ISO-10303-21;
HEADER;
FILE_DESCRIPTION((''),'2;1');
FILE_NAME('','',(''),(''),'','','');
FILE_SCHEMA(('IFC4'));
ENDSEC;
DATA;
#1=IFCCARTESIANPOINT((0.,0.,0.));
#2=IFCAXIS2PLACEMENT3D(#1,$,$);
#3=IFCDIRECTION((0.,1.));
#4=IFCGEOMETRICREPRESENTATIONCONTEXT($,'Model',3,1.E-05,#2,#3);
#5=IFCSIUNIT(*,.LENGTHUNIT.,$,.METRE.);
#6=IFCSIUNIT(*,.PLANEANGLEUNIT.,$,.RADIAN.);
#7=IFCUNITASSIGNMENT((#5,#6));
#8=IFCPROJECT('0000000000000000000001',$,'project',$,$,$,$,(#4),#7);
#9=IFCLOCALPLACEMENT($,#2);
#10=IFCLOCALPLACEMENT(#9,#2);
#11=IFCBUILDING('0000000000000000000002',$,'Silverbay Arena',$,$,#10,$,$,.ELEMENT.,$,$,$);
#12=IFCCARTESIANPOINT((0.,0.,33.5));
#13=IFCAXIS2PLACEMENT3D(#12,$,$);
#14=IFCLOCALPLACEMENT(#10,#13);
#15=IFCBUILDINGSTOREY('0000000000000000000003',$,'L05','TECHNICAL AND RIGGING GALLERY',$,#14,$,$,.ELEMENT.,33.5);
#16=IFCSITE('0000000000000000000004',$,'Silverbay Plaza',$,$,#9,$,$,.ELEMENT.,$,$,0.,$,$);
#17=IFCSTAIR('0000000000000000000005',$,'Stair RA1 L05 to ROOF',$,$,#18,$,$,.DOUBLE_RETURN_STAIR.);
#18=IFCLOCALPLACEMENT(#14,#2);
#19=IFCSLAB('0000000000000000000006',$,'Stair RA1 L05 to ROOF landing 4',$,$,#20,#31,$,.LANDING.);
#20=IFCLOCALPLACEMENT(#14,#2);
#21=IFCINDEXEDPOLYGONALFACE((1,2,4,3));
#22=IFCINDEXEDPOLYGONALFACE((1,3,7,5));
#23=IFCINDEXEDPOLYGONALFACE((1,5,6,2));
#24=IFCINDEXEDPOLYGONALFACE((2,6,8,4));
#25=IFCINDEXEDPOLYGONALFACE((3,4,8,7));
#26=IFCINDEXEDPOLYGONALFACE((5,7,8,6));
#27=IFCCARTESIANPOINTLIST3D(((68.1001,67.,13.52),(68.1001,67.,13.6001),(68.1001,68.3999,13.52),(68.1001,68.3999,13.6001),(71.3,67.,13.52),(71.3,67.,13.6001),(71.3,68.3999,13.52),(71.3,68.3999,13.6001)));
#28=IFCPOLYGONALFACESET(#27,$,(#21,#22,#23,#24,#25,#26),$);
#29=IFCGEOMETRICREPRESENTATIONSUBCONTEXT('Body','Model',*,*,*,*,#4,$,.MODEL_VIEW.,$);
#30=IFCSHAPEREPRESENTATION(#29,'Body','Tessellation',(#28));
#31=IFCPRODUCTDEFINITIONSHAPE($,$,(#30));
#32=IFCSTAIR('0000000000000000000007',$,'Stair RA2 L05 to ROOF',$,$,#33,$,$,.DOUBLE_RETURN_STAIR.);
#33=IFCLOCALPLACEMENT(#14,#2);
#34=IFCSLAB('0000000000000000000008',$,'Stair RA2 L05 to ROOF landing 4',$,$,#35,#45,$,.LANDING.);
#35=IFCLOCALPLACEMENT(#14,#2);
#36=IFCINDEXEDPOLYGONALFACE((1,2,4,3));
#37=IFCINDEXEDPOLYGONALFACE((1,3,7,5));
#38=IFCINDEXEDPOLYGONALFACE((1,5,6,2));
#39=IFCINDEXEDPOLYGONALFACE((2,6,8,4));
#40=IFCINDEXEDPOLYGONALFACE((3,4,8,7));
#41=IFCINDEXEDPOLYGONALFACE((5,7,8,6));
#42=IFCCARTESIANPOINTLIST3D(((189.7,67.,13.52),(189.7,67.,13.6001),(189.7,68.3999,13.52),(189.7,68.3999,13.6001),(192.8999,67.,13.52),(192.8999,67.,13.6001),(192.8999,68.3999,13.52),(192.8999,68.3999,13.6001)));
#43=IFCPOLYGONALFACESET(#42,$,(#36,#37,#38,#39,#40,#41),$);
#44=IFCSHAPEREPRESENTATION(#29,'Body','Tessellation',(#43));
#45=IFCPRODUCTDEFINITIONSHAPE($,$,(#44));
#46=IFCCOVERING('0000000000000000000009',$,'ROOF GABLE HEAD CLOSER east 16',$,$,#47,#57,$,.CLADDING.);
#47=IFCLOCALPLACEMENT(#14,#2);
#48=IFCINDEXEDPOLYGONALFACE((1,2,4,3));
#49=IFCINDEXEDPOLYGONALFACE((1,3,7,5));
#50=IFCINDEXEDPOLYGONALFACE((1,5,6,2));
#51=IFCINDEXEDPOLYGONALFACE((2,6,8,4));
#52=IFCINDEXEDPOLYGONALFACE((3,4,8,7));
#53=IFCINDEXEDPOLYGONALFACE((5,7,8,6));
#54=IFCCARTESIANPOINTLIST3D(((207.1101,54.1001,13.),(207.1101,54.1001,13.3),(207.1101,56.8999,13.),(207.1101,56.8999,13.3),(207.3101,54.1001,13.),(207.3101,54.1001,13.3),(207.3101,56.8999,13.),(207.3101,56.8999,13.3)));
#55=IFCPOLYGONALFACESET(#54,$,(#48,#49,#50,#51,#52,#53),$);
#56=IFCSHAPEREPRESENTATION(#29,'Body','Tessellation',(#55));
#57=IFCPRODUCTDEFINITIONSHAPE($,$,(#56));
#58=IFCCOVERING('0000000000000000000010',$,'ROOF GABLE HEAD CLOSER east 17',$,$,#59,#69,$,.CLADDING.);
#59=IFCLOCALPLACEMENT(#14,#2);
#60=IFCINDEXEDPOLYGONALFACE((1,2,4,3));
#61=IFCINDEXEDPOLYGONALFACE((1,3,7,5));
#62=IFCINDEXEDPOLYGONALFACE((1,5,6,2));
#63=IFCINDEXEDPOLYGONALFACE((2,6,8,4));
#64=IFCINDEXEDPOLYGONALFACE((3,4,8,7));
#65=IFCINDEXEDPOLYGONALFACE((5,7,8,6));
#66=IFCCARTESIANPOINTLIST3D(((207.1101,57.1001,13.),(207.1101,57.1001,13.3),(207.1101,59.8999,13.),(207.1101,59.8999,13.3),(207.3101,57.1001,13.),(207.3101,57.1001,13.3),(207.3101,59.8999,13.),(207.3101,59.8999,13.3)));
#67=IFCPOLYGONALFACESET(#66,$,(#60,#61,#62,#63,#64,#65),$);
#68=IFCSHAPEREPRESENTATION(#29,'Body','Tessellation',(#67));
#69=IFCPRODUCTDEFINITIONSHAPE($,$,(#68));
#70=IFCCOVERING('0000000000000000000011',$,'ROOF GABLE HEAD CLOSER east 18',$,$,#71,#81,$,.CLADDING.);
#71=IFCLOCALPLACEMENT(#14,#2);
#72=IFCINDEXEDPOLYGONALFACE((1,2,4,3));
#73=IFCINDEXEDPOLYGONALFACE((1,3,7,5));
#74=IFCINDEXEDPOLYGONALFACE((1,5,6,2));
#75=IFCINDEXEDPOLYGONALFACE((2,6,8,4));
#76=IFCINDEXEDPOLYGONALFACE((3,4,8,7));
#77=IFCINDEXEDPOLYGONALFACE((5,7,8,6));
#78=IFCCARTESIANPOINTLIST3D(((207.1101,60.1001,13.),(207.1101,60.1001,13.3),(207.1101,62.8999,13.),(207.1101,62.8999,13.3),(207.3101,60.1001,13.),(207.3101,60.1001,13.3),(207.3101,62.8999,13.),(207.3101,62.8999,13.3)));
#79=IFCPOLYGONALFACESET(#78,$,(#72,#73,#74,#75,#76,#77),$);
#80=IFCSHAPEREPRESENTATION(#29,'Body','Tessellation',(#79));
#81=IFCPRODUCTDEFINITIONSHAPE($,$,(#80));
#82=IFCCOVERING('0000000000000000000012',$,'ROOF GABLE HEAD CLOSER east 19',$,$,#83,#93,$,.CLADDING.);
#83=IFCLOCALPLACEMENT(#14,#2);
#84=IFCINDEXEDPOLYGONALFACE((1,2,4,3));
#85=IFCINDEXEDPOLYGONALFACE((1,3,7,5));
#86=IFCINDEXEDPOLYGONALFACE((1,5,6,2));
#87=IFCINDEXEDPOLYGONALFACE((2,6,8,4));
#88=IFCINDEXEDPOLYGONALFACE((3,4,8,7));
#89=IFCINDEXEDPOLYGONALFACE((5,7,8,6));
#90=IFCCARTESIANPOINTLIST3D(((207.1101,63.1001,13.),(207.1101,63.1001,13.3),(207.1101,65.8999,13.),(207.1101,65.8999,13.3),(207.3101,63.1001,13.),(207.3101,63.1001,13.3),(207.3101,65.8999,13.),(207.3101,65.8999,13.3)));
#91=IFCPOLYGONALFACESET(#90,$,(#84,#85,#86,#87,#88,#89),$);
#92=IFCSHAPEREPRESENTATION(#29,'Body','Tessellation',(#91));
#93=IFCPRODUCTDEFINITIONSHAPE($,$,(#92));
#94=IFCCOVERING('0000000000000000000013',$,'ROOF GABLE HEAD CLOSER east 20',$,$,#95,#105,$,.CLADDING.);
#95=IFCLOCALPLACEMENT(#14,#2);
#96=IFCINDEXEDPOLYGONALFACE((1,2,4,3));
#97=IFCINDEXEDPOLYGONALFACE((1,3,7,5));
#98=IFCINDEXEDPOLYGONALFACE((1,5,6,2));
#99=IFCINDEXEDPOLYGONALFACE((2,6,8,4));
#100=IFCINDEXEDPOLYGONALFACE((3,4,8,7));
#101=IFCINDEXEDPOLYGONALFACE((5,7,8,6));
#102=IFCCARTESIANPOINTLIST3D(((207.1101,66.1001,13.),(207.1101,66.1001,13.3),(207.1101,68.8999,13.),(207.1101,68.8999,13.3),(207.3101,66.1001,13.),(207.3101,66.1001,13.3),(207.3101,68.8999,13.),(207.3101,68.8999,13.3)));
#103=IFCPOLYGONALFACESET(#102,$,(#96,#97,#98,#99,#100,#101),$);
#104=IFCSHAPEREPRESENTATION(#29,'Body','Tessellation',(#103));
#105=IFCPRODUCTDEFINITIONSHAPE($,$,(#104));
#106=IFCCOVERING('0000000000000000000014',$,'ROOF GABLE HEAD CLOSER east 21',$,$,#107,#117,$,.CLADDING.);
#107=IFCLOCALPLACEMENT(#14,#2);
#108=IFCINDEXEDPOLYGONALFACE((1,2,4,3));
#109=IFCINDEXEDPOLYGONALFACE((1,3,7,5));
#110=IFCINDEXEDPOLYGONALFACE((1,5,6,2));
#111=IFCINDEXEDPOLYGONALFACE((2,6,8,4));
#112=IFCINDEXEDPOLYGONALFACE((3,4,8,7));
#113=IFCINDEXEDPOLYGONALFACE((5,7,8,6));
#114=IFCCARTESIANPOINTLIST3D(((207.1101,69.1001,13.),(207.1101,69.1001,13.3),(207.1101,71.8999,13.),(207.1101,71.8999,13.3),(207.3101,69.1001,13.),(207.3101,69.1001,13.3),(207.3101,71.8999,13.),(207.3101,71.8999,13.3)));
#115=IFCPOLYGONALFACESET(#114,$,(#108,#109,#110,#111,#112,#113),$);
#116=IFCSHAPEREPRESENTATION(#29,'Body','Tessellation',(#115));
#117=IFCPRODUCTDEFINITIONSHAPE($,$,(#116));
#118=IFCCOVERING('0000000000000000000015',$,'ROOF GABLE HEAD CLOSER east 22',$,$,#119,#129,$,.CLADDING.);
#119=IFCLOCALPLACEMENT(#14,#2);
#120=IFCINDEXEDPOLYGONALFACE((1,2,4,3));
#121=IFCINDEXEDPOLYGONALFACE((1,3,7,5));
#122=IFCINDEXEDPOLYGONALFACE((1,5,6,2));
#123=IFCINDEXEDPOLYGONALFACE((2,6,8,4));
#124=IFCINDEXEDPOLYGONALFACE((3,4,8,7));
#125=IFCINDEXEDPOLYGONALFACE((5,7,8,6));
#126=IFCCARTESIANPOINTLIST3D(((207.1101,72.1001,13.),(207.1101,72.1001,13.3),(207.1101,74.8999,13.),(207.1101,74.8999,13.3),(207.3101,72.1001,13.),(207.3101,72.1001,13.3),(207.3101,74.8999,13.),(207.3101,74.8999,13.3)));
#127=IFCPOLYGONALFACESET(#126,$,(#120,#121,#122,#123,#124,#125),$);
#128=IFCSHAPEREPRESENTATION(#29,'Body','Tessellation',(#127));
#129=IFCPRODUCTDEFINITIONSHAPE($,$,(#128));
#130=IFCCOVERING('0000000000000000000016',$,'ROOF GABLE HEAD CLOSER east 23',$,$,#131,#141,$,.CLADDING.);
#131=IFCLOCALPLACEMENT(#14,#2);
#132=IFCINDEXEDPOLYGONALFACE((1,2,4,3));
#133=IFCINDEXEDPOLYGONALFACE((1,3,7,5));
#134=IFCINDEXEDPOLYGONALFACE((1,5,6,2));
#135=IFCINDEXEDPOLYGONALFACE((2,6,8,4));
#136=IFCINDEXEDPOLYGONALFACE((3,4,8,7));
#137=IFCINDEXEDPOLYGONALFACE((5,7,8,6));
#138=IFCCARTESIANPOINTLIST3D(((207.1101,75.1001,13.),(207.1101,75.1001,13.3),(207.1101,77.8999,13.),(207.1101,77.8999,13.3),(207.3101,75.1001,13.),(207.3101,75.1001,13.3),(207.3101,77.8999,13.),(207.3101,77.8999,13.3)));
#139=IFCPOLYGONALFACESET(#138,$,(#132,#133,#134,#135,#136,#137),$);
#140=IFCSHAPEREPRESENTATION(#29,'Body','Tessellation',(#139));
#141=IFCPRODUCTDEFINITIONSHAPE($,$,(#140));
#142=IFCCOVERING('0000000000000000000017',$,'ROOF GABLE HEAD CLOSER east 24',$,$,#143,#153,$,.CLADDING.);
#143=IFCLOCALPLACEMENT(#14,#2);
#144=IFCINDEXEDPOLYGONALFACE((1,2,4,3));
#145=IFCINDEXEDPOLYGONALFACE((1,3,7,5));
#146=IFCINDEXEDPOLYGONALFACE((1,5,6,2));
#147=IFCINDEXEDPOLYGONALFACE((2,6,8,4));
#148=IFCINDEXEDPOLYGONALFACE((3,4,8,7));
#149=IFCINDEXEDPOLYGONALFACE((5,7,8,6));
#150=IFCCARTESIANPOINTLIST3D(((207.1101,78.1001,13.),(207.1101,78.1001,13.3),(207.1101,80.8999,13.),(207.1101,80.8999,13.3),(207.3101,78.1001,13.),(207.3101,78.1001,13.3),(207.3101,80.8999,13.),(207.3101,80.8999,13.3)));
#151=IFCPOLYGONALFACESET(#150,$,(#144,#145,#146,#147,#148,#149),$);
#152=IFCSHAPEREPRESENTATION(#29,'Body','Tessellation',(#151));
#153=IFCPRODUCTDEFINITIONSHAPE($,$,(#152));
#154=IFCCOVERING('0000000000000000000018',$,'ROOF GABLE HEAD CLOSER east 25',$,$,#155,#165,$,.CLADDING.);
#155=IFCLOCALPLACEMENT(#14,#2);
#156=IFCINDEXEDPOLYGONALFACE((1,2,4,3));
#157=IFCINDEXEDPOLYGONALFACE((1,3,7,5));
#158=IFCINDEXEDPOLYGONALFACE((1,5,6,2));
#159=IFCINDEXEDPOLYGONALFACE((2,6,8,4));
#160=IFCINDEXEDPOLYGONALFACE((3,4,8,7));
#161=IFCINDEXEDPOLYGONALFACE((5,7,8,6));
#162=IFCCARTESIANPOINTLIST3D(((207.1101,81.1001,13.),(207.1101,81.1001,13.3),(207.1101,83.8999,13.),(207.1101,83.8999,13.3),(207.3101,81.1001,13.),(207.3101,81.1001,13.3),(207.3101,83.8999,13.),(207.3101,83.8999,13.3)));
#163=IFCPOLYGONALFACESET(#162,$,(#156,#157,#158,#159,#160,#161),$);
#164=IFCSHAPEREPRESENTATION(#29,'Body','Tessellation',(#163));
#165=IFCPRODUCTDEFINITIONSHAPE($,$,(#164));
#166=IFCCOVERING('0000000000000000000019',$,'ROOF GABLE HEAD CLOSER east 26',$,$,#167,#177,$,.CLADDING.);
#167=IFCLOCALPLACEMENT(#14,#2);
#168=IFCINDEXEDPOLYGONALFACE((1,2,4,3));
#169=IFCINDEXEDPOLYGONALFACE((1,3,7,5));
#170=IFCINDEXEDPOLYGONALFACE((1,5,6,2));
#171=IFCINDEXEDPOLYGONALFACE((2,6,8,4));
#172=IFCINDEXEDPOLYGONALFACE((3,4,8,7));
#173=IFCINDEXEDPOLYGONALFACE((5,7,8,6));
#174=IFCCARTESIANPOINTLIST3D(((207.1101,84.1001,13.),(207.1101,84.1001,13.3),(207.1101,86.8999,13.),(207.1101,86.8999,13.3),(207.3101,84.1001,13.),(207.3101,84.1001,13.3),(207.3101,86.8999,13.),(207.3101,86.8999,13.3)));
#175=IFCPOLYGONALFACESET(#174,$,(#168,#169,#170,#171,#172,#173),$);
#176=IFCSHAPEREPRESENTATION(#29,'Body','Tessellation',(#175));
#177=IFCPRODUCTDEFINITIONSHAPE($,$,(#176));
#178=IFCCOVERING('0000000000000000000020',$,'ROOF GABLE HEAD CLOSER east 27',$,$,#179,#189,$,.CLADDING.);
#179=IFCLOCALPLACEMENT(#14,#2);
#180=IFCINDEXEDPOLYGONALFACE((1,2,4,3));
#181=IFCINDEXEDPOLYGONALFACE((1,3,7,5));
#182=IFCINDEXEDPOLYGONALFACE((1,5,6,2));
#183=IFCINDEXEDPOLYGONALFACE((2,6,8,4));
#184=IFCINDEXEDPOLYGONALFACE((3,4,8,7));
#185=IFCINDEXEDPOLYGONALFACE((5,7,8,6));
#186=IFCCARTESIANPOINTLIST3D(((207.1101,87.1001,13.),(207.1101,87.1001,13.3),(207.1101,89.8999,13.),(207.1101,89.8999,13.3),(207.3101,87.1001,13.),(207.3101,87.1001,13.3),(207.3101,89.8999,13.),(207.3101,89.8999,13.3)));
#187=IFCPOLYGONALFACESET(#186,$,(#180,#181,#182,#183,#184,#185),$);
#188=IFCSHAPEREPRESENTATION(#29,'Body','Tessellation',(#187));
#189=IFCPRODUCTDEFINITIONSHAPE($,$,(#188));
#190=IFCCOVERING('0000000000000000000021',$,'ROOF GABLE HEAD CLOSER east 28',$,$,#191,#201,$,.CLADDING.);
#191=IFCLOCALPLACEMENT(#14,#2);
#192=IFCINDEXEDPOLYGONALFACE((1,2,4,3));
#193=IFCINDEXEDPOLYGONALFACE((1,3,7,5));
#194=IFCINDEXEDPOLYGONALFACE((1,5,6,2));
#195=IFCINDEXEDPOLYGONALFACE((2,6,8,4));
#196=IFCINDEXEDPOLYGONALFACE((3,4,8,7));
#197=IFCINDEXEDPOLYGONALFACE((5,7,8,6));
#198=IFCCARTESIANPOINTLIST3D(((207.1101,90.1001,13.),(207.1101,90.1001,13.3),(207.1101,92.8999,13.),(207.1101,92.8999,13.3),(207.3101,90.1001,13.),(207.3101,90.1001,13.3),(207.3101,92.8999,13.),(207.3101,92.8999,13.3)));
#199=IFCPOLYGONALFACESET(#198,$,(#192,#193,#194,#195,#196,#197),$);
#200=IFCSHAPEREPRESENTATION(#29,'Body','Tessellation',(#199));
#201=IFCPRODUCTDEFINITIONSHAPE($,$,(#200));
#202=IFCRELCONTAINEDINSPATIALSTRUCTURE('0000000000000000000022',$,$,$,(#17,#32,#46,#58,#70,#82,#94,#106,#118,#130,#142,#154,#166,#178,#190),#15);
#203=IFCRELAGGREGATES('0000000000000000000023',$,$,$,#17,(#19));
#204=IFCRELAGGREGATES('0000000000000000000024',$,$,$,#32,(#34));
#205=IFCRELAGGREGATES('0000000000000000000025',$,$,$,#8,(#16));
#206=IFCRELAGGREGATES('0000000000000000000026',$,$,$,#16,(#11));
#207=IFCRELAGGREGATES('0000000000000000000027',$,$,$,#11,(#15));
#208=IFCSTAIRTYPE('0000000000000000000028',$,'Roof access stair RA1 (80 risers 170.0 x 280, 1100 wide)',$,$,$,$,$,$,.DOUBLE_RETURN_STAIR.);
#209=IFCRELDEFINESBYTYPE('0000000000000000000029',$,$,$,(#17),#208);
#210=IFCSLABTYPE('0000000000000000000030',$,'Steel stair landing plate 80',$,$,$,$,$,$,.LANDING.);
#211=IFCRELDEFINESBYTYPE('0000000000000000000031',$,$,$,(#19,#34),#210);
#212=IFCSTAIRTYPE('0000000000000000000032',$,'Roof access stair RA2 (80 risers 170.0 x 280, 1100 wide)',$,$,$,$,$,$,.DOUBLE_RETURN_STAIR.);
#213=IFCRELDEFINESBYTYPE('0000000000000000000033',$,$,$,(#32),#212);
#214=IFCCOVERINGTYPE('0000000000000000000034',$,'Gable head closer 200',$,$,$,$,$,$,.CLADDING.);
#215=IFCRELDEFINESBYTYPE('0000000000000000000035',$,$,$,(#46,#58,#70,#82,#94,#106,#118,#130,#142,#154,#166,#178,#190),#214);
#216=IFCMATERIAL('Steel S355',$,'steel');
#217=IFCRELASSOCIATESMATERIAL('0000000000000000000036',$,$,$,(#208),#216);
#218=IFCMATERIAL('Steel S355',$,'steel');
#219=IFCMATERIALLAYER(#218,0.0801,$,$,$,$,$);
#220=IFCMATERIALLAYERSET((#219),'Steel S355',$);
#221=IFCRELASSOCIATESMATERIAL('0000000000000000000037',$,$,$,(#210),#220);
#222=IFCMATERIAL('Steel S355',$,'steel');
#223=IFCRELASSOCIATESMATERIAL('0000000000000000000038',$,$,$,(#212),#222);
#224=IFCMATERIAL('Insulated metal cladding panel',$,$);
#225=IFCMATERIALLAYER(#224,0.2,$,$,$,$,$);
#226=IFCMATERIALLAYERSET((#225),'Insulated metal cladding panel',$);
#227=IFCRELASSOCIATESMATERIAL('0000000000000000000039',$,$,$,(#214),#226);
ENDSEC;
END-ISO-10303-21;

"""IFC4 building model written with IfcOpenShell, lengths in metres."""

from ifc_helpers import new_model, si_unit, direction, frame, origin, place, context, subcontext, project, spatial, polyline, outline, extrude, material, layer, layer_set, type_object, element, aggregate, save


model = new_model("IFC4")

# Units and contexts
model_context = context("Model", 3, precision=1e-05, world=origin(), true_north=direction((0.0, 1.0)))
body_context = subcontext(model_context, "Body", "Model", "MODEL_VIEW")
ifc_project = project(units=[si_unit("LENGTHUNIT", "METRE"), si_unit("PLANEANGLEUNIT", "RADIAN")], contexts=[model_context])

# Site, building, storey
site_placement = place(None, origin())
site = spatial("IfcSite", under=ifc_project, at=site_placement, Name="Silverbay Plaza", CompositionType="ELEMENT", RefElevation=0.0)
building_placement = place(site_placement, origin())
building = spatial("IfcBuilding", under=site, at=building_placement, Name="Silverbay Arena", CompositionType="ELEMENT")
storey_placement = place(building_placement, frame((0.0, 0.0, 33.5)))
storey = spatial("IfcBuildingStorey", under=building, at=storey_placement, Name="L05", Description="TECHNICAL AND RIGGING GALLERY", CompositionType="ELEMENT", Elevation=33.5)

# Stairs, slabs
ifc_material_1 = material(Name="Steel S355", Category="steel")
stair_type_1 = type_object("IfcStairType", Name="Roof access stair RA1 (80 risers 170.0 x 280, 1100 wide)", PredefinedType="DOUBLE_RETURN_STAIR", material=ifc_material_1)
stair_1_placement = place(storey_placement, origin())
stair_1 = element("IfcStair", 1, at=stair_1_placement, inside=storey, type_object=stair_type_1, Name="Stair RA1 L05 to ROOF", PredefinedType="DOUBLE_RETURN_STAIR")
ifc_material_2 = material(Name="Steel S355", Category="steel")
ifc_layer_1 = layer(ifc_material_2, 0.0801)
ifc_layer_set_1 = layer_set([ifc_layer_1], Name="Steel S355")
slab_type = type_object("IfcSlabType", Name="Steel stair landing plate 80", PredefinedType="LANDING", material=ifc_layer_set_1)
slab_1_placement = place(storey_placement, frame((0.0, 0.0, 13.52)))
slab_1 = element("IfcSlab", 2, at=slab_1_placement, type_object=slab_type, Name="Stair RA1 L05 to ROOF landing 4", PredefinedType="LANDING", context=body_context, shape_type="SweptSolid", body=[
    extrude(outline(polyline([(68.1001, 67.0), (68.1001, 68.3999), (71.3, 68.3999), (71.3, 67.0), (68.1001, 67.0)])), origin(), (0.0, 0.0, 1.0), 0.0801),
])
aggregate(stair_1, [slab_1])
ifc_material_3 = material(Name="Steel S355", Category="steel")
stair_type_2 = type_object("IfcStairType", Name="Roof access stair RA2 (80 risers 170.0 x 280, 1100 wide)", PredefinedType="DOUBLE_RETURN_STAIR", material=ifc_material_3)
stair_2_placement = place(storey_placement, origin())
stair_2 = element("IfcStair", 3, at=stair_2_placement, inside=storey, type_object=stair_type_2, Name="Stair RA2 L05 to ROOF", PredefinedType="DOUBLE_RETURN_STAIR")
slab_2_placement = place(storey_placement, frame((0.0, 0.0, 13.52)))
slab_2 = element("IfcSlab", 4, at=slab_2_placement, type_object=slab_type, Name="Stair RA2 L05 to ROOF landing 4", PredefinedType="LANDING", context=body_context, shape_type="SweptSolid", body=[
    extrude(outline(polyline([(192.8999, 67.0), (192.8999, 68.3999), (189.7, 68.3999), (189.7, 67.0), (192.8999, 67.0)])), origin(), (0.0, 0.0, 1.0), 0.0801),
])
aggregate(stair_2, [slab_2])

# Coverings
ifc_material_4 = material(Name="Insulated metal cladding panel")
ifc_layer_2 = layer(ifc_material_4, 0.2)
ifc_layer_set_2 = layer_set([ifc_layer_2], Name="Insulated metal cladding panel")
covering_type = type_object("IfcCoveringType", Name="Gable head closer 200", PredefinedType="CLADDING", material=ifc_layer_set_2)
covering_1_placement = place(storey_placement, frame((0.0, 0.0, 13.0)))
element("IfcCovering", 5, at=covering_1_placement, inside=storey, type_object=covering_type, Name="ROOF GABLE HEAD CLOSER east 16", PredefinedType="CLADDING", context=body_context, shape_type="SweptSolid", body=[
    extrude(outline(polyline([(207.1101, 54.1001), (207.3101, 54.1001), (207.3101, 56.8999), (207.1101, 56.8999), (207.1101, 54.1001)])), origin(), (0.0, 0.0, 1.0), 0.3),
])
covering_2_placement = place(storey_placement, frame((0.0, 0.0, 13.0)))
element("IfcCovering", 6, at=covering_2_placement, inside=storey, type_object=covering_type, Name="ROOF GABLE HEAD CLOSER east 17", PredefinedType="CLADDING", context=body_context, shape_type="SweptSolid", body=[
    extrude(outline(polyline([(207.1101, 57.1001), (207.3101, 57.1001), (207.3101, 59.8999), (207.1101, 59.8999), (207.1101, 57.1001)])), origin(), (0.0, 0.0, 1.0), 0.3),
])
covering_3_placement = place(storey_placement, frame((0.0, 0.0, 13.0)))
element("IfcCovering", 7, at=covering_3_placement, inside=storey, type_object=covering_type, Name="ROOF GABLE HEAD CLOSER east 18", PredefinedType="CLADDING", context=body_context, shape_type="SweptSolid", body=[
    extrude(outline(polyline([(207.1101, 60.1001), (207.3101, 60.1001), (207.3101, 62.8999), (207.1101, 62.8999), (207.1101, 60.1001)])), origin(), (0.0, 0.0, 1.0), 0.3),
])
covering_4_placement = place(storey_placement, frame((0.0, 0.0, 13.0)))
element("IfcCovering", 8, at=covering_4_placement, inside=storey, type_object=covering_type, Name="ROOF GABLE HEAD CLOSER east 19", PredefinedType="CLADDING", context=body_context, shape_type="SweptSolid", body=[
    extrude(outline(polyline([(207.1101, 63.1001), (207.3101, 63.1001), (207.3101, 65.8999), (207.1101, 65.8999), (207.1101, 63.1001)])), origin(), (0.0, 0.0, 1.0), 0.3),
])
covering_5_placement = place(storey_placement, frame((0.0, 0.0, 13.0)))
element("IfcCovering", 9, at=covering_5_placement, inside=storey, type_object=covering_type, Name="ROOF GABLE HEAD CLOSER east 20", PredefinedType="CLADDING", context=body_context, shape_type="SweptSolid", body=[
    extrude(outline(polyline([(207.1101, 66.1001), (207.3101, 66.1001), (207.3101, 68.8999), (207.1101, 68.8999), (207.1101, 66.1001)])), origin(), (0.0, 0.0, 1.0), 0.3),
])
covering_6_placement = place(storey_placement, frame((0.0, 0.0, 13.0)))
element("IfcCovering", 10, at=covering_6_placement, inside=storey, type_object=covering_type, Name="ROOF GABLE HEAD CLOSER east 21", PredefinedType="CLADDING", context=body_context, shape_type="SweptSolid", body=[
    extrude(outline(polyline([(207.1101, 69.1001), (207.3101, 69.1001), (207.3101, 71.8999), (207.1101, 71.8999), (207.1101, 69.1001)])), origin(), (0.0, 0.0, 1.0), 0.3),
])
covering_7_placement = place(storey_placement, frame((0.0, 0.0, 13.0)))
element("IfcCovering", 11, at=covering_7_placement, inside=storey, type_object=covering_type, Name="ROOF GABLE HEAD CLOSER east 22", PredefinedType="CLADDING", context=body_context, shape_type="SweptSolid", body=[
    extrude(outline(polyline([(207.1101, 72.1001), (207.3101, 72.1001), (207.3101, 74.8999), (207.1101, 74.8999), (207.1101, 72.1001)])), origin(), (0.0, 0.0, 1.0), 0.3),
])
covering_8_placement = place(storey_placement, frame((0.0, 0.0, 13.0)))
element("IfcCovering", 12, at=covering_8_placement, inside=storey, type_object=covering_type, Name="ROOF GABLE HEAD CLOSER east 23", PredefinedType="CLADDING", context=body_context, shape_type="SweptSolid", body=[
    extrude(outline(polyline([(207.1101, 75.1001), (207.3101, 75.1001), (207.3101, 77.8999), (207.1101, 77.8999), (207.1101, 75.1001)])), origin(), (0.0, 0.0, 1.0), 0.3),
])
covering_9_placement = place(storey_placement, frame((0.0, 0.0, 13.0)))
element("IfcCovering", 13, at=covering_9_placement, inside=storey, type_object=covering_type, Name="ROOF GABLE HEAD CLOSER east 24", PredefinedType="CLADDING", context=body_context, shape_type="SweptSolid", body=[
    extrude(outline(polyline([(207.1101, 78.1001), (207.3101, 78.1001), (207.3101, 80.8999), (207.1101, 80.8999), (207.1101, 78.1001)])), origin(), (0.0, 0.0, 1.0), 0.3),
])
covering_10_placement = place(storey_placement, frame((0.0, 0.0, 13.0)))
element("IfcCovering", 14, at=covering_10_placement, inside=storey, type_object=covering_type, Name="ROOF GABLE HEAD CLOSER east 25", PredefinedType="CLADDING", context=body_context, shape_type="SweptSolid", body=[
    extrude(outline(polyline([(207.1101, 81.1001), (207.3101, 81.1001), (207.3101, 83.8999), (207.1101, 83.8999), (207.1101, 81.1001)])), origin(), (0.0, 0.0, 1.0), 0.3),
])
covering_11_placement = place(storey_placement, frame((0.0, 0.0, 13.0)))
element("IfcCovering", 15, at=covering_11_placement, inside=storey, type_object=covering_type, Name="ROOF GABLE HEAD CLOSER east 26", PredefinedType="CLADDING", context=body_context, shape_type="SweptSolid", body=[
    extrude(outline(polyline([(207.1101, 84.1001), (207.3101, 84.1001), (207.3101, 86.8999), (207.1101, 86.8999), (207.1101, 84.1001)])), origin(), (0.0, 0.0, 1.0), 0.3),
])
covering_12_placement = place(storey_placement, frame((0.0, 0.0, 13.0)))
element("IfcCovering", 16, at=covering_12_placement, inside=storey, type_object=covering_type, Name="ROOF GABLE HEAD CLOSER east 27", PredefinedType="CLADDING", context=body_context, shape_type="SweptSolid", body=[
    extrude(outline(polyline([(207.1101, 87.1001), (207.3101, 87.1001), (207.3101, 89.8999), (207.1101, 89.8999), (207.1101, 87.1001)])), origin(), (0.0, 0.0, 1.0), 0.3),
])
covering_13_placement = place(storey_placement, frame((0.0, 0.0, 13.0)))
element("IfcCovering", 17, at=covering_13_placement, inside=storey, type_object=covering_type, Name="ROOF GABLE HEAD CLOSER east 28", PredefinedType="CLADDING", context=body_context, shape_type="SweptSolid", body=[
    extrude(outline(polyline([(207.1101, 90.1001), (207.3101, 90.1001), (207.3101, 92.8999), (207.1101, 92.8999), (207.1101, 90.1001)])), origin(), (0.0, 0.0, 1.0), 0.3),
])

save(model, "model.ifc")
